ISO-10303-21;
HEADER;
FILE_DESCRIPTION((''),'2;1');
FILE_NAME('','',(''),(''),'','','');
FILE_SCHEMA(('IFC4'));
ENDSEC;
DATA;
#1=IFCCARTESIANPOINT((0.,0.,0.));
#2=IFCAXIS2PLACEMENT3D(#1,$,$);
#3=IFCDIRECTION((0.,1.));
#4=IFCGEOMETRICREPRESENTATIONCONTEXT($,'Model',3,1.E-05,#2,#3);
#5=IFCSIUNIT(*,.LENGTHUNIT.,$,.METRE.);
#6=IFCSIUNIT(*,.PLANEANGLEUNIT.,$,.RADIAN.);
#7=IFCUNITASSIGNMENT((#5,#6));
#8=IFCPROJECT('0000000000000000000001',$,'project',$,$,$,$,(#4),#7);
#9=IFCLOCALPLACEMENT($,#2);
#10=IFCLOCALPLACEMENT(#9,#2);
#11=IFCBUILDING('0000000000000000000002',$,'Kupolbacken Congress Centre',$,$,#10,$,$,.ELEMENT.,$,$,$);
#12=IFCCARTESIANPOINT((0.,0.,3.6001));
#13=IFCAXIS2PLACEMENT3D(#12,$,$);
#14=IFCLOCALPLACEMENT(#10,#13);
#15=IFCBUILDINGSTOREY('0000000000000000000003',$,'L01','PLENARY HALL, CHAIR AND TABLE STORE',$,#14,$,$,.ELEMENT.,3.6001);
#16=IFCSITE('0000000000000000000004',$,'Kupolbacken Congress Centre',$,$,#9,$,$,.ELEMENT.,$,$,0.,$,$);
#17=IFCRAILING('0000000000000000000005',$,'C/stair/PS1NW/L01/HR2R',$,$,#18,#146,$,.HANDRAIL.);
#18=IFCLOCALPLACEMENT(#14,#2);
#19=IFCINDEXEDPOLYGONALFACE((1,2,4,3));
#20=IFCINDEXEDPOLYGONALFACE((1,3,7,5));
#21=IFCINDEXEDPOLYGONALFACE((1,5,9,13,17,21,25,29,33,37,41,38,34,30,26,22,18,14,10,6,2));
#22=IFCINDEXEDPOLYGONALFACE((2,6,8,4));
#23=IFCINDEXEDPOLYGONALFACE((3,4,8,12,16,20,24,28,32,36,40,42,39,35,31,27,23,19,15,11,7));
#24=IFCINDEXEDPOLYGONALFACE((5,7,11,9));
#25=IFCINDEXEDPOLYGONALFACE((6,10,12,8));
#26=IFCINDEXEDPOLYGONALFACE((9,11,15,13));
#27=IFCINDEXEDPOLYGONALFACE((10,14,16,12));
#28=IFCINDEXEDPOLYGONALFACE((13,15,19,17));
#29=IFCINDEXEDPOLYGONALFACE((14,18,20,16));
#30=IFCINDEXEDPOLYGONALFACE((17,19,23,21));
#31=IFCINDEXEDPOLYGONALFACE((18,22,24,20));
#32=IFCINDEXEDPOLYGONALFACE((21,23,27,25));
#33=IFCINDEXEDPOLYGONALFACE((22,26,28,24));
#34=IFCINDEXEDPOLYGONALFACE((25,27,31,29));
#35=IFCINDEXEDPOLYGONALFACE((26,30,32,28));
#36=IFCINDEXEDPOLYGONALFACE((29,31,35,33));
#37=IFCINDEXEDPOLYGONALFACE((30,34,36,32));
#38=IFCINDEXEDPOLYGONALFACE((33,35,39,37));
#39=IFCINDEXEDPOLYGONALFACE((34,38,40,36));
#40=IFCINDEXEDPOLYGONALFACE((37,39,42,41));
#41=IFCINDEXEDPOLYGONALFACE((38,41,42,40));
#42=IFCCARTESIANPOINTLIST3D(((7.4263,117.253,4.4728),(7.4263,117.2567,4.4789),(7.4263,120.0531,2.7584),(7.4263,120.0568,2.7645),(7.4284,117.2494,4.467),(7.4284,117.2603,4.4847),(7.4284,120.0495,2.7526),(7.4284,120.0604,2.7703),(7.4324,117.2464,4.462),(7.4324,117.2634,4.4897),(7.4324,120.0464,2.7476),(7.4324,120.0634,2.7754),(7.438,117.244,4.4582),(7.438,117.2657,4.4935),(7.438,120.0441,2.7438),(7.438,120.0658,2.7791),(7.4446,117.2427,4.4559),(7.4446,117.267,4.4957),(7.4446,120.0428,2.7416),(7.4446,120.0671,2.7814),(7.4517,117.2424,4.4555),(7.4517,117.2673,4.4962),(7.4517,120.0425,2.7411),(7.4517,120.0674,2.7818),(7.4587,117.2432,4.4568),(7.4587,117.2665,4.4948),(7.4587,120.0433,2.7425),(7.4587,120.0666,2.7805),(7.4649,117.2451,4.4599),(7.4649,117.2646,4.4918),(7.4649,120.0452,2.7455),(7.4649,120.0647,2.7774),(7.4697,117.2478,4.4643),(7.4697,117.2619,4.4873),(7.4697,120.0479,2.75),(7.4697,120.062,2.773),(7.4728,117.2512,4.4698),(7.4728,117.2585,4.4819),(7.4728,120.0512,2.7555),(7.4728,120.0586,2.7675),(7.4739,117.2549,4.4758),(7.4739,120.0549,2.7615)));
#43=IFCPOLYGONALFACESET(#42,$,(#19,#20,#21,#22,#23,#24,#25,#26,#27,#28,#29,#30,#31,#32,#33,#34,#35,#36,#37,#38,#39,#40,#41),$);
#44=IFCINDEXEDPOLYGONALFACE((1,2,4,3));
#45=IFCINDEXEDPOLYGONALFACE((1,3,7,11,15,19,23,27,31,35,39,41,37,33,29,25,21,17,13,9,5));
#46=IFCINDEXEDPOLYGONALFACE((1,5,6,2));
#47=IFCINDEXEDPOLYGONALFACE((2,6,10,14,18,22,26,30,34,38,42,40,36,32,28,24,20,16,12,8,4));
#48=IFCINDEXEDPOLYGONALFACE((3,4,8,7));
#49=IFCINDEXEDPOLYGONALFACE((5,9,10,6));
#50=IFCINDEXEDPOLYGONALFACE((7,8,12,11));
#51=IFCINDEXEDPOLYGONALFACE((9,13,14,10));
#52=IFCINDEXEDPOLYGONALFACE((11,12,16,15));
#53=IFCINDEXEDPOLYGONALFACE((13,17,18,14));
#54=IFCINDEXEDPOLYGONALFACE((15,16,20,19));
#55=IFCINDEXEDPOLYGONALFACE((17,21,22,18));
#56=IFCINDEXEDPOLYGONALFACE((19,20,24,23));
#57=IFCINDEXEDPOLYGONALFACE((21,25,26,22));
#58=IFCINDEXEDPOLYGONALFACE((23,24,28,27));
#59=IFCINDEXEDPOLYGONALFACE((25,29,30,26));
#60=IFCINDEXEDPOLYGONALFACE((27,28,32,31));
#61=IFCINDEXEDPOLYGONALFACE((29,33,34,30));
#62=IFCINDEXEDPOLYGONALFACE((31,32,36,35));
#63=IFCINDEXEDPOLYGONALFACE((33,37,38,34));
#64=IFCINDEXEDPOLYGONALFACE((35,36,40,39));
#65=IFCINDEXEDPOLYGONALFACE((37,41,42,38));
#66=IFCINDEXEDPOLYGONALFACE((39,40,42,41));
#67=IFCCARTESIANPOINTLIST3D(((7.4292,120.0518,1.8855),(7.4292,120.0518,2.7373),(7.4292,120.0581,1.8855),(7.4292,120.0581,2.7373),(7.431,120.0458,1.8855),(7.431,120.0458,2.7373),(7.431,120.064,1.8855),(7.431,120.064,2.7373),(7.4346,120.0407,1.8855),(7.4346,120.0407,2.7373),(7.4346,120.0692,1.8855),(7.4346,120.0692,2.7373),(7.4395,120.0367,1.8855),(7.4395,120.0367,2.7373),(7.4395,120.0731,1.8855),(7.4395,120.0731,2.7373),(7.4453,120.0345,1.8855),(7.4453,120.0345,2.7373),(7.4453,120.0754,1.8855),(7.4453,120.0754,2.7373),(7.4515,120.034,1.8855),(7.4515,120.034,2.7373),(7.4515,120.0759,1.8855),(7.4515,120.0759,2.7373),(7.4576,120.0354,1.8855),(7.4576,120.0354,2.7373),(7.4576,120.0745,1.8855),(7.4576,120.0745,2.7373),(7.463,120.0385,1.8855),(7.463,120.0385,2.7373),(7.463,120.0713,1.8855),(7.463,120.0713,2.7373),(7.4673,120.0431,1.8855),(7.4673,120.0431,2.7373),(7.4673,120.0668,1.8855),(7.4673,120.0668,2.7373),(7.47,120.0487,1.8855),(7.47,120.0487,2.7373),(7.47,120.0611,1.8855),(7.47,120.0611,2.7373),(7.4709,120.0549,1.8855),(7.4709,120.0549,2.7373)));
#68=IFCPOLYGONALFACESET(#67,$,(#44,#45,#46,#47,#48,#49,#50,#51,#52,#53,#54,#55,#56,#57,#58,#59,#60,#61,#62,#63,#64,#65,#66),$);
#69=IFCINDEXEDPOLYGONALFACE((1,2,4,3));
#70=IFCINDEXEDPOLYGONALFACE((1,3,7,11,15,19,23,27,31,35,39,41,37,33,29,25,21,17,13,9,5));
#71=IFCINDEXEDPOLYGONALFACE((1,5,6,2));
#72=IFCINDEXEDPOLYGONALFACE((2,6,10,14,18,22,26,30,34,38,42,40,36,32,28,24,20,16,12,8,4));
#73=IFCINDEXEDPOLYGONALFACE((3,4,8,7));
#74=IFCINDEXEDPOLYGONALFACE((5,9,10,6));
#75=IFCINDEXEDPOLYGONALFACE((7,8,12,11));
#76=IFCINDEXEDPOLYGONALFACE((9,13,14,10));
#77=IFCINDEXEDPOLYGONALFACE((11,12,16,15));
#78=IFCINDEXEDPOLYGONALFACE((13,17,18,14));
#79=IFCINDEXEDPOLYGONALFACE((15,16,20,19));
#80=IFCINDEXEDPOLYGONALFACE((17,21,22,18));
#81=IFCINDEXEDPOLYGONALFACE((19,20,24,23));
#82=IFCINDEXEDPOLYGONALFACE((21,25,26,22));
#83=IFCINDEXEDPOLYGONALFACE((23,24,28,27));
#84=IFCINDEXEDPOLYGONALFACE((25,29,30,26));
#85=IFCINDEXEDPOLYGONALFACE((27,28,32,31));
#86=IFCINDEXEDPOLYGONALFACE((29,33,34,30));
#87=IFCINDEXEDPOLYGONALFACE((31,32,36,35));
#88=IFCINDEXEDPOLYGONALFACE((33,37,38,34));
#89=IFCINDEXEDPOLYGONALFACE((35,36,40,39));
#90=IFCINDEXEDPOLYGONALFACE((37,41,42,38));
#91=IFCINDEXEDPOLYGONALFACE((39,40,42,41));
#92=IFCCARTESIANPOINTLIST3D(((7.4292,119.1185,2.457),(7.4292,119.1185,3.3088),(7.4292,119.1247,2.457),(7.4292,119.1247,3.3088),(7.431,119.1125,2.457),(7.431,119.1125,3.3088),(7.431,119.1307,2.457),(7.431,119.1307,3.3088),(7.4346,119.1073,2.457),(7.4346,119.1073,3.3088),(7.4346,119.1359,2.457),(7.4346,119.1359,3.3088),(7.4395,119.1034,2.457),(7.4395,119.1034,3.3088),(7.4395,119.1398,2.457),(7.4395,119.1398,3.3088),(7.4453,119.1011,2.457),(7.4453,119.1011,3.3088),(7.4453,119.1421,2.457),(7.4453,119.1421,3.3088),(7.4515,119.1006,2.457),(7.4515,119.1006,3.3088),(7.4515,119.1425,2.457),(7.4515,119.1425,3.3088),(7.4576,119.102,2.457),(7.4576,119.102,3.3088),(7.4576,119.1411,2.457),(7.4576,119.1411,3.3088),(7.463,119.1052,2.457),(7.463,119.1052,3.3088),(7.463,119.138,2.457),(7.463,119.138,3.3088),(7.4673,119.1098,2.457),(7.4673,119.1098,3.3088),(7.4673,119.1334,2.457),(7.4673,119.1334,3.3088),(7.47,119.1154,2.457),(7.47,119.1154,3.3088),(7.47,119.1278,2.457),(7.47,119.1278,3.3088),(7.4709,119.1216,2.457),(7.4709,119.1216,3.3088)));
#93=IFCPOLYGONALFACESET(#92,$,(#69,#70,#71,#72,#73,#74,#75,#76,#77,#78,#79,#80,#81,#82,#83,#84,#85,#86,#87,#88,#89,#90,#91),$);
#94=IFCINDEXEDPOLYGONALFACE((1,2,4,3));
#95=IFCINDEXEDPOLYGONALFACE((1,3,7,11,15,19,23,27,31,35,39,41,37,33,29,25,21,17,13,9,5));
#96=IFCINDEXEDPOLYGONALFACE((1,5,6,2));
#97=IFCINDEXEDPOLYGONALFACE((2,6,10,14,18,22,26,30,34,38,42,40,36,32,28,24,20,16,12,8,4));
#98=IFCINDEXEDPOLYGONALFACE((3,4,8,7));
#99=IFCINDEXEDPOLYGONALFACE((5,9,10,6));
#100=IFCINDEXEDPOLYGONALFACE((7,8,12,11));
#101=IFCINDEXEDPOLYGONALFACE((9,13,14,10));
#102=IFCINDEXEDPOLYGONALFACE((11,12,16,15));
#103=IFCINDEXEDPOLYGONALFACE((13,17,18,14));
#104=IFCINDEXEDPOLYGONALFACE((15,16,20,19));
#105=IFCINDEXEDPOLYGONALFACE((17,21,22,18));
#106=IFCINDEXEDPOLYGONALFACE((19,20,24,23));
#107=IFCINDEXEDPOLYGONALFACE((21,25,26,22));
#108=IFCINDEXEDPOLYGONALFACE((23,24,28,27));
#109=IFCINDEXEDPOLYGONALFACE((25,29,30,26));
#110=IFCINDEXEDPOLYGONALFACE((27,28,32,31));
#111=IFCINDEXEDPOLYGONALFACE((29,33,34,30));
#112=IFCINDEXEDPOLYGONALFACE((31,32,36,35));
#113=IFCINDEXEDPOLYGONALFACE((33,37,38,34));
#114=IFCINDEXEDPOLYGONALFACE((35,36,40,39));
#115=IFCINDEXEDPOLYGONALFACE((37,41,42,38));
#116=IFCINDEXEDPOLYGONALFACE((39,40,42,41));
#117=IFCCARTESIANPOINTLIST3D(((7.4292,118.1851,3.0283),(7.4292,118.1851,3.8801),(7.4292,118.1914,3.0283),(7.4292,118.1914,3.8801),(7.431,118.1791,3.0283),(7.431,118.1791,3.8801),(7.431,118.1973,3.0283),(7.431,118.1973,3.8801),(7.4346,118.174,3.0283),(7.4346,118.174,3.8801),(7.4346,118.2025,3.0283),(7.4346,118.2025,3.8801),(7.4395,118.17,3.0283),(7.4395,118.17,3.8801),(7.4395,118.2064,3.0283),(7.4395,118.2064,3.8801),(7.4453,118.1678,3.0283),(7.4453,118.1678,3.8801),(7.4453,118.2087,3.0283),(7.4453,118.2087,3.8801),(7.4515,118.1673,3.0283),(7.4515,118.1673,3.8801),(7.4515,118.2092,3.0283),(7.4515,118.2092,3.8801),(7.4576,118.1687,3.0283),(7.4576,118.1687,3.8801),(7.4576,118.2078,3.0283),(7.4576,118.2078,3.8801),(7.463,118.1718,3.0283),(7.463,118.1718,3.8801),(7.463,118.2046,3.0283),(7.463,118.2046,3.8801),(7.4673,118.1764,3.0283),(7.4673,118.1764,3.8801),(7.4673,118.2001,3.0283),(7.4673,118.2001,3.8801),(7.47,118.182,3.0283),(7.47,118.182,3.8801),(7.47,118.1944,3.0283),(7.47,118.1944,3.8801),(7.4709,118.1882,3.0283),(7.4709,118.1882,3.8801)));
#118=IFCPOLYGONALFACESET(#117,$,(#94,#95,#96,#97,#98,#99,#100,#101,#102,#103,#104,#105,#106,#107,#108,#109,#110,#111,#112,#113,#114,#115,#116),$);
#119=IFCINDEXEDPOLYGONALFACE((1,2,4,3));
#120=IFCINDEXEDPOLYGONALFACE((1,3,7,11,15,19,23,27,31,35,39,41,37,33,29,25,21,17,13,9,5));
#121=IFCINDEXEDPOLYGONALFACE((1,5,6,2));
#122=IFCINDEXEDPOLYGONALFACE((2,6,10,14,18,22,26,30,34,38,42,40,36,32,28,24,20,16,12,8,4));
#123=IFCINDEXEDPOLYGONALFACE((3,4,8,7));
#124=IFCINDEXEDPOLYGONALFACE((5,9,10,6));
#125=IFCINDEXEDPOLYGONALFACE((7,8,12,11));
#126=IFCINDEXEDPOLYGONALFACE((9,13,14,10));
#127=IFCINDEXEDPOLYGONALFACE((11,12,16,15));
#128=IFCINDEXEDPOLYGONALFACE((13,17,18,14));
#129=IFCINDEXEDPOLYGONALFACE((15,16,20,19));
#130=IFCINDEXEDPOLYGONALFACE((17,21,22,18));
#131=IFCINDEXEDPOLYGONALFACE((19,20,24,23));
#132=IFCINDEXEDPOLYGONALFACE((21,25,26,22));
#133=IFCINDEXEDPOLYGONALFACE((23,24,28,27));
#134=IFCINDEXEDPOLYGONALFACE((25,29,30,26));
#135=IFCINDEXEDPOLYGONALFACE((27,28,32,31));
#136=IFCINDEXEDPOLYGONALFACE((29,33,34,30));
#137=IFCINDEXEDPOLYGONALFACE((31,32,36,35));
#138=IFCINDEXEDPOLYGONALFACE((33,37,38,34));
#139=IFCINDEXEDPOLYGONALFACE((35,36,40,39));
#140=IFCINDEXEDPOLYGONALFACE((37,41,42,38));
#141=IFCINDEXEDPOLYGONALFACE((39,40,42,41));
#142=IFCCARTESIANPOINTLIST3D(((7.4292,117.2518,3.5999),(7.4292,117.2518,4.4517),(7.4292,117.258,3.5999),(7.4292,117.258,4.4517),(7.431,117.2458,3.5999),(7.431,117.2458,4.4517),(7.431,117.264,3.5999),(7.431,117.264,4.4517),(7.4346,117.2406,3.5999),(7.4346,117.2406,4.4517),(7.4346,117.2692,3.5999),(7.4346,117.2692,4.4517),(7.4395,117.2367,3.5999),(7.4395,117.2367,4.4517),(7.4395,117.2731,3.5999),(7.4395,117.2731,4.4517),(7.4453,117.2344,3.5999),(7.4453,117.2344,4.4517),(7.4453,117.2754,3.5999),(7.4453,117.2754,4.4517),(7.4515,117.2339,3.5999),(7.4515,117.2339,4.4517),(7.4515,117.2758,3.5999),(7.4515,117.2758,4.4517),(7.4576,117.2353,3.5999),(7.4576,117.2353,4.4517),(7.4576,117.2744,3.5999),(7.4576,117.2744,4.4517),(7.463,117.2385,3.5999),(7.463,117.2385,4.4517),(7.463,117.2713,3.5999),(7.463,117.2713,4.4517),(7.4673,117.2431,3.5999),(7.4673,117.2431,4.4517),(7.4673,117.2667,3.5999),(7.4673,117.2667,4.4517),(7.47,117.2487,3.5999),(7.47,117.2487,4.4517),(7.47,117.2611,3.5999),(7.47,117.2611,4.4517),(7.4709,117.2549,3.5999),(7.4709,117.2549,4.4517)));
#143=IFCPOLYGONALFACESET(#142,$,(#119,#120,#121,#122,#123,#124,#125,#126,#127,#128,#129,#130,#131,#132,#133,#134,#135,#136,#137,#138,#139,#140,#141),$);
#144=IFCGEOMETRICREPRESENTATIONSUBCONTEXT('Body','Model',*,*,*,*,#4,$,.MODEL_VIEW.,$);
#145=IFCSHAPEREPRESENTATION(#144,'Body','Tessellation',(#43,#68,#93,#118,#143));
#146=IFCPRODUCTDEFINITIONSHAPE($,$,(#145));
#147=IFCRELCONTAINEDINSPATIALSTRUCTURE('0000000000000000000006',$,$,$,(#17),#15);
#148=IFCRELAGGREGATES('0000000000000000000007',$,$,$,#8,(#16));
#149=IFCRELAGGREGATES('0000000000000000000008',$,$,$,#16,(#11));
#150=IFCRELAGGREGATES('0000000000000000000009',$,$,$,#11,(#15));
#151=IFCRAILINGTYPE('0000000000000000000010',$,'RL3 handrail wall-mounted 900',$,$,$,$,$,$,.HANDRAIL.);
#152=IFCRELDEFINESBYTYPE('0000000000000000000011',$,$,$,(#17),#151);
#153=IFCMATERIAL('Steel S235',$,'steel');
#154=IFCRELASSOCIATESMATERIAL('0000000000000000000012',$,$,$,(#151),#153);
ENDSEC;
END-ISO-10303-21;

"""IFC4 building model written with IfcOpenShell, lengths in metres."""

from ifc_helpers import new_model, si_unit, direction, frame, origin, origin_2d, place, context, subcontext, project, spatial, circle, extrude, material, type_object, element, save


model = new_model("IFC4")

# Units and contexts
model_context = context("Model", 3, precision=1e-05, world=origin(), true_north=direction((0.0, 1.0)))
body_context = subcontext(model_context, "Body", "Model", "MODEL_VIEW")
ifc_project = project(units=[si_unit("LENGTHUNIT", "METRE"), si_unit("PLANEANGLEUNIT", "RADIAN")], contexts=[model_context])

# Site, building, storey
site_placement = place(None, origin())
site = spatial("IfcSite", under=ifc_project, at=site_placement, Name="Kupolbacken Congress Centre", CompositionType="ELEMENT", RefElevation=0.0)
building_placement = place(site_placement, origin())
building = spatial("IfcBuilding", under=site, at=building_placement, Name="Kupolbacken Congress Centre", CompositionType="ELEMENT")
storey_placement = place(building_placement, frame((0.0, 0.0, 3.6001)))
storey = spatial("IfcBuildingStorey", under=building, at=storey_placement, Name="L01", Description="PLENARY HALL, CHAIR AND TABLE STORE", CompositionType="ELEMENT", Elevation=3.6001)

# Railing
ifc_material_1 = material(Name="Steel S235", Category="steel")
railing_type = type_object("IfcRailingType", Name="RL3 handrail wall-mounted 900", PredefinedType="HANDRAIL", material=ifc_material_1)
for number, where, name in (
    (1, (7.45, 120.0549, 1.8855), "C/stair/PS1NW/L01/HR2R"),
):
    element("IfcRailing", number, at=place(storey_placement, frame(where)), inside=storey, type_object=railing_type, Name=name, PredefinedType="HANDRAIL", context=body_context, shape_type="SweptSolid", body=[
        extrude(circle(Radius=0.0239, at=origin_2d()), frame((0.0, 0.0, 0.876), z_axis=(0.0, -0.852846, 0.522163), x_axis=(1.0, 0.0, 0.0)), (0.0, 0.0, 1.0), 3.2832),
        extrude(circle(Radius=0.021, at=origin_2d()), origin(), (0.0, 0.0, 1.0), 0.8518),
        extrude(circle(Radius=0.021, at=origin_2d()), frame((0.0, -0.9333, 0.5715)), (0.0, 0.0, 1.0), 0.8518),
        extrude(circle(Radius=0.021, at=origin_2d()), frame((0.0, -1.8667, 1.1428)), (0.0, 0.0, 1.0), 0.8518),
        extrude(circle(Radius=0.021, at=origin_2d()), frame((0.0, -2.8, 1.7144)), (0.0, 0.0, 1.0), 0.8518),
    ])

save(model, "model.ifc")
